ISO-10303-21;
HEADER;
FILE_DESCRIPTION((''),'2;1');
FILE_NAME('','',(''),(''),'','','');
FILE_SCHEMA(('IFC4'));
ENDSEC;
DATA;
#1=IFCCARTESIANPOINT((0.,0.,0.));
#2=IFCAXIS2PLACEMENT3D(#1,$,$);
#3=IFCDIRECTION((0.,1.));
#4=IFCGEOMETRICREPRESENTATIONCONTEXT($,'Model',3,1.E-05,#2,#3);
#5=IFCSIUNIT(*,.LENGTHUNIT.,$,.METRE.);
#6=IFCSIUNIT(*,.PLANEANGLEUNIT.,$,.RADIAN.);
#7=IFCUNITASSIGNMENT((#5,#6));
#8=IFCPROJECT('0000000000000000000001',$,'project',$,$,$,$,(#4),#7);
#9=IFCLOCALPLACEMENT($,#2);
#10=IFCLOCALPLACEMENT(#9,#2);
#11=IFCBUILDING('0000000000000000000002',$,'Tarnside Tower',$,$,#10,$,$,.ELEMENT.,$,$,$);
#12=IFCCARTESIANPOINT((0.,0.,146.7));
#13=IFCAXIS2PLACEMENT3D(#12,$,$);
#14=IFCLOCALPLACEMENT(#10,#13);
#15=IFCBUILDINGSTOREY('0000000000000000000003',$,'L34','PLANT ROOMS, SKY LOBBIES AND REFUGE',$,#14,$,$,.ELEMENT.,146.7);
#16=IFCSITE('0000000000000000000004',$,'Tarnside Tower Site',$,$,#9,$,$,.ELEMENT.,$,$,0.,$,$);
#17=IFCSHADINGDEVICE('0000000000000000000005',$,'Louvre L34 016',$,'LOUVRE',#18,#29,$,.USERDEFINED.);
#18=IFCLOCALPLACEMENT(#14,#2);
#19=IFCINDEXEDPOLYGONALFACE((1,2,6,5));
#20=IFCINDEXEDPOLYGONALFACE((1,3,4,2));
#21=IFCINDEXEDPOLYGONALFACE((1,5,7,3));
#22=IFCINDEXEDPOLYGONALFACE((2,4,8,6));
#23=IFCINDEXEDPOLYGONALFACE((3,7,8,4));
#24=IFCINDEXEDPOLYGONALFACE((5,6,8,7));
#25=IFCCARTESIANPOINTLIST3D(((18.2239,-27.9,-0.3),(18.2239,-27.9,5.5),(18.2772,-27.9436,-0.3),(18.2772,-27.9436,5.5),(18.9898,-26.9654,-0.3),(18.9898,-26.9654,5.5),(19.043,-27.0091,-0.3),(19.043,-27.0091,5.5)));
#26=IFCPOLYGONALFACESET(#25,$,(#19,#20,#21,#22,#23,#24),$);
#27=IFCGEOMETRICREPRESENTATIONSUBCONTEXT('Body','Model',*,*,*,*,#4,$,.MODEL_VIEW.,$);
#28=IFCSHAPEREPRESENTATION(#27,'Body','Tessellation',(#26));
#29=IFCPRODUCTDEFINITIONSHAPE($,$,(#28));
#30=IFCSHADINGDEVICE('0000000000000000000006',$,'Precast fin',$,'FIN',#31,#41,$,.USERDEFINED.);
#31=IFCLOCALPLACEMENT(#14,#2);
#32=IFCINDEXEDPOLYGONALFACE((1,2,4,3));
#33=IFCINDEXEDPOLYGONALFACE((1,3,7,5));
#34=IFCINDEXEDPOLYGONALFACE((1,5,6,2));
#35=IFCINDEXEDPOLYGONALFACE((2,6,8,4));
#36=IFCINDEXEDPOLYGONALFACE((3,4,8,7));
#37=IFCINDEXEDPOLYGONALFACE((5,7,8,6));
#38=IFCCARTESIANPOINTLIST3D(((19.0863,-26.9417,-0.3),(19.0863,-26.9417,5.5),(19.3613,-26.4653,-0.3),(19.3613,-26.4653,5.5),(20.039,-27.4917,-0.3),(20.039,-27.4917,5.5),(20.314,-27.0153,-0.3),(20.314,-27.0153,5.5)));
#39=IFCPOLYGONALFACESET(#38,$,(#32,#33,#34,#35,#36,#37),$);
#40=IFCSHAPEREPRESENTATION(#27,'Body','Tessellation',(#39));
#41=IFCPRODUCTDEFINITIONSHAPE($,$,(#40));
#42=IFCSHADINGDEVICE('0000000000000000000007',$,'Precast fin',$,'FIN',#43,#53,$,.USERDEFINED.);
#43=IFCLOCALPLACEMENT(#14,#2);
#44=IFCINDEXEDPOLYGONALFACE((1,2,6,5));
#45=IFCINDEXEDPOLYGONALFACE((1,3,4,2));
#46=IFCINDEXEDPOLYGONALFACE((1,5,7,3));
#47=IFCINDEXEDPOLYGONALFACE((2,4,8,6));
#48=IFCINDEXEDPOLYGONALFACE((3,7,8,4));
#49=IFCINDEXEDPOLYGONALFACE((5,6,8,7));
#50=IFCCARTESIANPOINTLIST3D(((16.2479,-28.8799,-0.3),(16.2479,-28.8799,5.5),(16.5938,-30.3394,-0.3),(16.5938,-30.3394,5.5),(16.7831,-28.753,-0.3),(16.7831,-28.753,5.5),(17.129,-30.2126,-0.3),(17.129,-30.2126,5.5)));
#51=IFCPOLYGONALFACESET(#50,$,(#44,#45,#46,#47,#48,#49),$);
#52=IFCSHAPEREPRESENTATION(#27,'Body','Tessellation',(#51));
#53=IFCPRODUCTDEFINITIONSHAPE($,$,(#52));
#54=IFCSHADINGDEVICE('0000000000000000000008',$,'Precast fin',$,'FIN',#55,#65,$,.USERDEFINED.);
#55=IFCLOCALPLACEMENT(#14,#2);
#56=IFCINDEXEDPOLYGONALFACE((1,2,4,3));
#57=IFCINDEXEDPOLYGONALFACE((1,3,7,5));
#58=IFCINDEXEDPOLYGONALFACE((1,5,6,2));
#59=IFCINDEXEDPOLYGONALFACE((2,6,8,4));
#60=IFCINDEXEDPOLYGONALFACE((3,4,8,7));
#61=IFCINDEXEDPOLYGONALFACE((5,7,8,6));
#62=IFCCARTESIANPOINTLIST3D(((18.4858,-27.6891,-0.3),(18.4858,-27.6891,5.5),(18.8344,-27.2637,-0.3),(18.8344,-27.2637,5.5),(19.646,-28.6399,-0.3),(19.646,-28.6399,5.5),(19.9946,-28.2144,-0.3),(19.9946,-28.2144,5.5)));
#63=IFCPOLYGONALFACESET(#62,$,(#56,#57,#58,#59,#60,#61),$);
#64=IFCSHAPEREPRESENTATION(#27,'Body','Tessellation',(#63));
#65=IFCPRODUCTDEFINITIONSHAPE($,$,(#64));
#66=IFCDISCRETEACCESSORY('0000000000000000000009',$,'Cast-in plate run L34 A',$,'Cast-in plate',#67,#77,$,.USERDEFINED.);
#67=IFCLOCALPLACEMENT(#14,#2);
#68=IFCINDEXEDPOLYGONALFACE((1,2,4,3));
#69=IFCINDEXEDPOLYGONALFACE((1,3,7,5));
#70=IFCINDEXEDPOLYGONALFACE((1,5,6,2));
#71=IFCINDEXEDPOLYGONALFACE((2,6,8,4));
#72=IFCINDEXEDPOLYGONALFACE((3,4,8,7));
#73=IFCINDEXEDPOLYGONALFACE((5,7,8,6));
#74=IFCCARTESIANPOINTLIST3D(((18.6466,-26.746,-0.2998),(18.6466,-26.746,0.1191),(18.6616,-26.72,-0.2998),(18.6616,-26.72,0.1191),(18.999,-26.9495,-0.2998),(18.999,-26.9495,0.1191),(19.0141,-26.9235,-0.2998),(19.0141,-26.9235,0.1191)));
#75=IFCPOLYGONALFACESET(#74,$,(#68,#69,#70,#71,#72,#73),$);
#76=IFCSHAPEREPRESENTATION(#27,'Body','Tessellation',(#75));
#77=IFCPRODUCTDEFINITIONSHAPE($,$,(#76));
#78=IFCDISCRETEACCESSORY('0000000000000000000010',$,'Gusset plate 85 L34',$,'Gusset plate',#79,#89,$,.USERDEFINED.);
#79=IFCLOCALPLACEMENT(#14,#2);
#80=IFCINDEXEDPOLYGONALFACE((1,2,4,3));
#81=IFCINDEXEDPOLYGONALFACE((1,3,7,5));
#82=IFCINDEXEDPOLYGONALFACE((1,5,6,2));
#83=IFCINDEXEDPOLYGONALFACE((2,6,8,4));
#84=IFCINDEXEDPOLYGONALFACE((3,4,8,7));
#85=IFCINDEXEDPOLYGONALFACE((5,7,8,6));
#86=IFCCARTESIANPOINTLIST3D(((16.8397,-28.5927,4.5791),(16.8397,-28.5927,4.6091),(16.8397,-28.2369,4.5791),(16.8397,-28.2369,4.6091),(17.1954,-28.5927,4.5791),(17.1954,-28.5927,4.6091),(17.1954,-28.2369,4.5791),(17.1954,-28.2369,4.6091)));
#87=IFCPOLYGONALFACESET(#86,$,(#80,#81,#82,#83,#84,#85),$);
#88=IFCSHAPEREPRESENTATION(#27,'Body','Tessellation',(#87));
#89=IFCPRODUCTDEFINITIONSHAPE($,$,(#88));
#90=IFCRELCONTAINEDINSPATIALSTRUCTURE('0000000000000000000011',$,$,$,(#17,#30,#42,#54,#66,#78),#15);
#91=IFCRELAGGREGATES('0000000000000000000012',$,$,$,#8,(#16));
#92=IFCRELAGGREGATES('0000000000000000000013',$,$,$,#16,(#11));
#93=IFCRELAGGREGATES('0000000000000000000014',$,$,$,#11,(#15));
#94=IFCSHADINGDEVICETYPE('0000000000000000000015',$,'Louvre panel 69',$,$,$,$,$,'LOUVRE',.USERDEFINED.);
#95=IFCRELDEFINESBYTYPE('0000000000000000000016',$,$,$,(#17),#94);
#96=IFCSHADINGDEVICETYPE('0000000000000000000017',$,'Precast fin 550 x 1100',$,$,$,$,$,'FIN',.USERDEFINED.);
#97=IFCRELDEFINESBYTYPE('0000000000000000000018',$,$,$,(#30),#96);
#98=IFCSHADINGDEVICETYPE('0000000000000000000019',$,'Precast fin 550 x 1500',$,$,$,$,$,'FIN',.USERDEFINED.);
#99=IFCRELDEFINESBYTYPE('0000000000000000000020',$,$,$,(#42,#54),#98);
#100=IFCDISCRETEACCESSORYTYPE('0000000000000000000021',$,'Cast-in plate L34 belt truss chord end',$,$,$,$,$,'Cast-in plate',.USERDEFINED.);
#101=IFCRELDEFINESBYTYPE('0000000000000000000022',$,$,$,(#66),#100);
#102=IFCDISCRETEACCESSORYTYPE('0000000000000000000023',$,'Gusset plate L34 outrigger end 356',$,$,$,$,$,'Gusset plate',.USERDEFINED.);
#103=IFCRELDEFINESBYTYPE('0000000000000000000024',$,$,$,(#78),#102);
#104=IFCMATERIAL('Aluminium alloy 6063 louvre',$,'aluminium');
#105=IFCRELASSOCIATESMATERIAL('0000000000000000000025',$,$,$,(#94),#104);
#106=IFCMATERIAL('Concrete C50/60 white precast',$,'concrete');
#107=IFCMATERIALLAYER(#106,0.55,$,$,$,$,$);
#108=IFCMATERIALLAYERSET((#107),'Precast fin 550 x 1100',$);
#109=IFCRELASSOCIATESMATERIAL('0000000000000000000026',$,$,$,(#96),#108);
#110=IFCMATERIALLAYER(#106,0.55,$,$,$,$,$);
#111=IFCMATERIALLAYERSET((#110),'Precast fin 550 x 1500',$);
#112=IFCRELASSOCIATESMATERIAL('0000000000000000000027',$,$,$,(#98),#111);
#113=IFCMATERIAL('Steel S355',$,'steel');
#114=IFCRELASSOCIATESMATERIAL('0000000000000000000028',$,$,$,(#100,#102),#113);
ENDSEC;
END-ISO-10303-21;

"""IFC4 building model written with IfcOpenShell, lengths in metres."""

from ifc_helpers import new_model, si_unit, direction, frame, origin, origin_2d, place, context, subcontext, project, spatial, polyline, rectangle, outline, extrude, material, layer, layer_set, type_object, element, save


model = new_model("IFC4")

# Units and contexts
model_context = context("Model", 3, precision=1e-05, world=origin(), true_north=direction((0.0, 1.0)))
body_context = subcontext(model_context, "Body", "Model", "MODEL_VIEW")
ifc_project = project(units=[si_unit("LENGTHUNIT", "METRE"), si_unit("PLANEANGLEUNIT", "RADIAN")], contexts=[model_context])

# Site, building, storey
site_placement = place(None, origin())
site = spatial("IfcSite", under=ifc_project, at=site_placement, Name="Tarnside Tower Site", CompositionType="ELEMENT", RefElevation=0.0)
building_placement = place(site_placement, origin())
building = spatial("IfcBuilding", under=site, at=building_placement, Name="Tarnside Tower", CompositionType="ELEMENT")
storey_placement = place(building_placement, frame((0.0, 0.0, 146.7)))
storey = spatial("IfcBuildingStorey", under=building, at=storey_placement, Name="L34", Description="PLANT ROOMS, SKY LOBBIES AND REFUGE", CompositionType="ELEMENT", Elevation=146.7)

# Shared definitions
ifc_material_1 = material(Name="Steel S355", Category="steel")

# Shading devices
ifc_material_2 = material(Name="Aluminium alloy 6063 louvre", Category="aluminium")
shading_device_type_1 = type_object("IfcShadingDeviceType", Name="Louvre panel 69", ElementType="LOUVRE", PredefinedType="USERDEFINED", material=ifc_material_2)
for number, where, z_axis, x_axis, name in (
    (1, (18.6069, -27.4326, -0.3), (-0.633837, -0.773467, 0.0), (0.773467, -0.633837, 0.0), "Louvre L34 016"),
):
    element("IfcShadingDevice", number, at=place(storey_placement, frame(where, z_axis=z_axis, x_axis=x_axis)), inside=storey, type_object=shading_device_type_1, Name=name, ObjectType="LOUVRE", PredefinedType="USERDEFINED", context=body_context, shape_type="SweptSolid", body=[
        extrude(outline(polyline([(0.0, 0.0), (0.0688, 0.0), (0.0688, 5.8), (0.0, 5.8), (0.0, 0.0)])), frame((0.0, 0.0, -0.604)), (0.0, 0.0, 1.0), 1.2083),
    ])
ifc_material_3 = material(Name="Concrete C50/60 white precast", Category="concrete")
ifc_layer_1 = layer(ifc_material_3, 0.55)
ifc_layer_set_1 = layer_set([ifc_layer_1], Name="Precast fin 550 x 1100")
shading_device_type_2 = type_object("IfcShadingDeviceType", Name="Precast fin 550 x 1100", ElementType="FIN", PredefinedType="USERDEFINED", material=ifc_layer_set_1)
shading_device_placement = place(storey_placement, frame((19.2239, -26.7034, -0.3), z_axis=(-0.5, -0.866025, 0.0), x_axis=(0.866025, -0.5, 0.0)))
element("IfcShadingDevice", 2, at=shading_device_placement, inside=storey, type_object=shading_device_type_2, Name="Precast fin", ObjectType="FIN", PredefinedType="USERDEFINED", context=body_context, shape_type="SweptSolid", body=[
    extrude(outline(polyline([(0.0, 0.0), (1.1001, 0.0), (1.1001, 5.8), (0.0, 5.8), (0.0, 0.0)])), frame((0.0, 0.0, -0.2749)), (0.0, 0.0, 1.0), 0.55),
])
ifc_layer_2 = layer(ifc_material_3, 0.55)
ifc_layer_set_2 = layer_set([ifc_layer_2], Name="Precast fin 550 x 1500")
shading_device_type_3 = type_object("IfcShadingDeviceType", Name="Precast fin 550 x 1500", ElementType="FIN", PredefinedType="USERDEFINED", material=ifc_layer_set_2)
for number, where, z_axis, x_axis, name in (
    (3, (16.5156, -28.8164, -0.3), (-0.973045, -0.230616, 0.0), (0.230616, -0.973045, 0.0), "Precast fin"),
    (4, (18.6602, -27.4763, -0.3), (-0.633831, -0.773472, 0.0), (0.773472, -0.633831, 0.0), "Precast fin"),
):
    element("IfcShadingDevice", number, at=place(storey_placement, frame(where, z_axis=z_axis, x_axis=x_axis)), inside=storey, type_object=shading_device_type_3, Name=name, ObjectType="FIN", PredefinedType="USERDEFINED", context=body_context, shape_type="SweptSolid", body=[
        extrude(outline(polyline([(0.0, 0.0), (1.5, 0.0), (1.5, 5.8), (0.0, 5.8), (0.0, 0.0)])), frame((0.0, 0.0, -0.2749)), (0.0, 0.0, 1.0), 0.55),
    ])

# Discrete accessories
discrete_accessory_type_1 = type_object("IfcDiscreteAccessoryType", Name="Cast-in plate L34 belt truss chord end", ElementType="Cast-in plate", PredefinedType="USERDEFINED", material=ifc_material_1)
discrete_accessory_1_placement = place(storey_placement, frame((18.8303, -26.8347, -0.2998), z_axis=(0.0, 0.0, 1.0), x_axis=(0.5, 0.866025, 0.0)))
element("IfcDiscreteAccessory", 5, at=discrete_accessory_1_placement, inside=storey, type_object=discrete_accessory_type_1, Name="Cast-in plate run L34 A", ObjectType="Cast-in plate", PredefinedType="USERDEFINED", context=body_context, shape_type="SweptSolid", body=[
    extrude(rectangle(XDim=0.03, YDim=0.407, at=origin_2d()), origin(), (0.0, 0.0, 1.0), 0.4189),
])
discrete_accessory_type_2 = type_object("IfcDiscreteAccessoryType", Name="Gusset plate L34 outrigger end 356", ElementType="Gusset plate", PredefinedType="USERDEFINED", material=ifc_material_1)
discrete_accessory_2_placement = place(storey_placement, frame((17.0176, -28.4148, 4.5791), z_axis=(0.0, 0.0, 1.0), x_axis=(1.0, 0.0, 0.0)))
element("IfcDiscreteAccessory", 6, at=discrete_accessory_2_placement, inside=storey, type_object=discrete_accessory_type_2, Name="Gusset plate 85 L34", ObjectType="Gusset plate", PredefinedType="USERDEFINED", context=body_context, shape_type="SweptSolid", body=[
    extrude(rectangle(XDim=0.3557, YDim=0.3557, at=origin_2d()), origin(), (0.0, 0.0, 1.0), 0.03),
])

save(model, "model.ifc")
